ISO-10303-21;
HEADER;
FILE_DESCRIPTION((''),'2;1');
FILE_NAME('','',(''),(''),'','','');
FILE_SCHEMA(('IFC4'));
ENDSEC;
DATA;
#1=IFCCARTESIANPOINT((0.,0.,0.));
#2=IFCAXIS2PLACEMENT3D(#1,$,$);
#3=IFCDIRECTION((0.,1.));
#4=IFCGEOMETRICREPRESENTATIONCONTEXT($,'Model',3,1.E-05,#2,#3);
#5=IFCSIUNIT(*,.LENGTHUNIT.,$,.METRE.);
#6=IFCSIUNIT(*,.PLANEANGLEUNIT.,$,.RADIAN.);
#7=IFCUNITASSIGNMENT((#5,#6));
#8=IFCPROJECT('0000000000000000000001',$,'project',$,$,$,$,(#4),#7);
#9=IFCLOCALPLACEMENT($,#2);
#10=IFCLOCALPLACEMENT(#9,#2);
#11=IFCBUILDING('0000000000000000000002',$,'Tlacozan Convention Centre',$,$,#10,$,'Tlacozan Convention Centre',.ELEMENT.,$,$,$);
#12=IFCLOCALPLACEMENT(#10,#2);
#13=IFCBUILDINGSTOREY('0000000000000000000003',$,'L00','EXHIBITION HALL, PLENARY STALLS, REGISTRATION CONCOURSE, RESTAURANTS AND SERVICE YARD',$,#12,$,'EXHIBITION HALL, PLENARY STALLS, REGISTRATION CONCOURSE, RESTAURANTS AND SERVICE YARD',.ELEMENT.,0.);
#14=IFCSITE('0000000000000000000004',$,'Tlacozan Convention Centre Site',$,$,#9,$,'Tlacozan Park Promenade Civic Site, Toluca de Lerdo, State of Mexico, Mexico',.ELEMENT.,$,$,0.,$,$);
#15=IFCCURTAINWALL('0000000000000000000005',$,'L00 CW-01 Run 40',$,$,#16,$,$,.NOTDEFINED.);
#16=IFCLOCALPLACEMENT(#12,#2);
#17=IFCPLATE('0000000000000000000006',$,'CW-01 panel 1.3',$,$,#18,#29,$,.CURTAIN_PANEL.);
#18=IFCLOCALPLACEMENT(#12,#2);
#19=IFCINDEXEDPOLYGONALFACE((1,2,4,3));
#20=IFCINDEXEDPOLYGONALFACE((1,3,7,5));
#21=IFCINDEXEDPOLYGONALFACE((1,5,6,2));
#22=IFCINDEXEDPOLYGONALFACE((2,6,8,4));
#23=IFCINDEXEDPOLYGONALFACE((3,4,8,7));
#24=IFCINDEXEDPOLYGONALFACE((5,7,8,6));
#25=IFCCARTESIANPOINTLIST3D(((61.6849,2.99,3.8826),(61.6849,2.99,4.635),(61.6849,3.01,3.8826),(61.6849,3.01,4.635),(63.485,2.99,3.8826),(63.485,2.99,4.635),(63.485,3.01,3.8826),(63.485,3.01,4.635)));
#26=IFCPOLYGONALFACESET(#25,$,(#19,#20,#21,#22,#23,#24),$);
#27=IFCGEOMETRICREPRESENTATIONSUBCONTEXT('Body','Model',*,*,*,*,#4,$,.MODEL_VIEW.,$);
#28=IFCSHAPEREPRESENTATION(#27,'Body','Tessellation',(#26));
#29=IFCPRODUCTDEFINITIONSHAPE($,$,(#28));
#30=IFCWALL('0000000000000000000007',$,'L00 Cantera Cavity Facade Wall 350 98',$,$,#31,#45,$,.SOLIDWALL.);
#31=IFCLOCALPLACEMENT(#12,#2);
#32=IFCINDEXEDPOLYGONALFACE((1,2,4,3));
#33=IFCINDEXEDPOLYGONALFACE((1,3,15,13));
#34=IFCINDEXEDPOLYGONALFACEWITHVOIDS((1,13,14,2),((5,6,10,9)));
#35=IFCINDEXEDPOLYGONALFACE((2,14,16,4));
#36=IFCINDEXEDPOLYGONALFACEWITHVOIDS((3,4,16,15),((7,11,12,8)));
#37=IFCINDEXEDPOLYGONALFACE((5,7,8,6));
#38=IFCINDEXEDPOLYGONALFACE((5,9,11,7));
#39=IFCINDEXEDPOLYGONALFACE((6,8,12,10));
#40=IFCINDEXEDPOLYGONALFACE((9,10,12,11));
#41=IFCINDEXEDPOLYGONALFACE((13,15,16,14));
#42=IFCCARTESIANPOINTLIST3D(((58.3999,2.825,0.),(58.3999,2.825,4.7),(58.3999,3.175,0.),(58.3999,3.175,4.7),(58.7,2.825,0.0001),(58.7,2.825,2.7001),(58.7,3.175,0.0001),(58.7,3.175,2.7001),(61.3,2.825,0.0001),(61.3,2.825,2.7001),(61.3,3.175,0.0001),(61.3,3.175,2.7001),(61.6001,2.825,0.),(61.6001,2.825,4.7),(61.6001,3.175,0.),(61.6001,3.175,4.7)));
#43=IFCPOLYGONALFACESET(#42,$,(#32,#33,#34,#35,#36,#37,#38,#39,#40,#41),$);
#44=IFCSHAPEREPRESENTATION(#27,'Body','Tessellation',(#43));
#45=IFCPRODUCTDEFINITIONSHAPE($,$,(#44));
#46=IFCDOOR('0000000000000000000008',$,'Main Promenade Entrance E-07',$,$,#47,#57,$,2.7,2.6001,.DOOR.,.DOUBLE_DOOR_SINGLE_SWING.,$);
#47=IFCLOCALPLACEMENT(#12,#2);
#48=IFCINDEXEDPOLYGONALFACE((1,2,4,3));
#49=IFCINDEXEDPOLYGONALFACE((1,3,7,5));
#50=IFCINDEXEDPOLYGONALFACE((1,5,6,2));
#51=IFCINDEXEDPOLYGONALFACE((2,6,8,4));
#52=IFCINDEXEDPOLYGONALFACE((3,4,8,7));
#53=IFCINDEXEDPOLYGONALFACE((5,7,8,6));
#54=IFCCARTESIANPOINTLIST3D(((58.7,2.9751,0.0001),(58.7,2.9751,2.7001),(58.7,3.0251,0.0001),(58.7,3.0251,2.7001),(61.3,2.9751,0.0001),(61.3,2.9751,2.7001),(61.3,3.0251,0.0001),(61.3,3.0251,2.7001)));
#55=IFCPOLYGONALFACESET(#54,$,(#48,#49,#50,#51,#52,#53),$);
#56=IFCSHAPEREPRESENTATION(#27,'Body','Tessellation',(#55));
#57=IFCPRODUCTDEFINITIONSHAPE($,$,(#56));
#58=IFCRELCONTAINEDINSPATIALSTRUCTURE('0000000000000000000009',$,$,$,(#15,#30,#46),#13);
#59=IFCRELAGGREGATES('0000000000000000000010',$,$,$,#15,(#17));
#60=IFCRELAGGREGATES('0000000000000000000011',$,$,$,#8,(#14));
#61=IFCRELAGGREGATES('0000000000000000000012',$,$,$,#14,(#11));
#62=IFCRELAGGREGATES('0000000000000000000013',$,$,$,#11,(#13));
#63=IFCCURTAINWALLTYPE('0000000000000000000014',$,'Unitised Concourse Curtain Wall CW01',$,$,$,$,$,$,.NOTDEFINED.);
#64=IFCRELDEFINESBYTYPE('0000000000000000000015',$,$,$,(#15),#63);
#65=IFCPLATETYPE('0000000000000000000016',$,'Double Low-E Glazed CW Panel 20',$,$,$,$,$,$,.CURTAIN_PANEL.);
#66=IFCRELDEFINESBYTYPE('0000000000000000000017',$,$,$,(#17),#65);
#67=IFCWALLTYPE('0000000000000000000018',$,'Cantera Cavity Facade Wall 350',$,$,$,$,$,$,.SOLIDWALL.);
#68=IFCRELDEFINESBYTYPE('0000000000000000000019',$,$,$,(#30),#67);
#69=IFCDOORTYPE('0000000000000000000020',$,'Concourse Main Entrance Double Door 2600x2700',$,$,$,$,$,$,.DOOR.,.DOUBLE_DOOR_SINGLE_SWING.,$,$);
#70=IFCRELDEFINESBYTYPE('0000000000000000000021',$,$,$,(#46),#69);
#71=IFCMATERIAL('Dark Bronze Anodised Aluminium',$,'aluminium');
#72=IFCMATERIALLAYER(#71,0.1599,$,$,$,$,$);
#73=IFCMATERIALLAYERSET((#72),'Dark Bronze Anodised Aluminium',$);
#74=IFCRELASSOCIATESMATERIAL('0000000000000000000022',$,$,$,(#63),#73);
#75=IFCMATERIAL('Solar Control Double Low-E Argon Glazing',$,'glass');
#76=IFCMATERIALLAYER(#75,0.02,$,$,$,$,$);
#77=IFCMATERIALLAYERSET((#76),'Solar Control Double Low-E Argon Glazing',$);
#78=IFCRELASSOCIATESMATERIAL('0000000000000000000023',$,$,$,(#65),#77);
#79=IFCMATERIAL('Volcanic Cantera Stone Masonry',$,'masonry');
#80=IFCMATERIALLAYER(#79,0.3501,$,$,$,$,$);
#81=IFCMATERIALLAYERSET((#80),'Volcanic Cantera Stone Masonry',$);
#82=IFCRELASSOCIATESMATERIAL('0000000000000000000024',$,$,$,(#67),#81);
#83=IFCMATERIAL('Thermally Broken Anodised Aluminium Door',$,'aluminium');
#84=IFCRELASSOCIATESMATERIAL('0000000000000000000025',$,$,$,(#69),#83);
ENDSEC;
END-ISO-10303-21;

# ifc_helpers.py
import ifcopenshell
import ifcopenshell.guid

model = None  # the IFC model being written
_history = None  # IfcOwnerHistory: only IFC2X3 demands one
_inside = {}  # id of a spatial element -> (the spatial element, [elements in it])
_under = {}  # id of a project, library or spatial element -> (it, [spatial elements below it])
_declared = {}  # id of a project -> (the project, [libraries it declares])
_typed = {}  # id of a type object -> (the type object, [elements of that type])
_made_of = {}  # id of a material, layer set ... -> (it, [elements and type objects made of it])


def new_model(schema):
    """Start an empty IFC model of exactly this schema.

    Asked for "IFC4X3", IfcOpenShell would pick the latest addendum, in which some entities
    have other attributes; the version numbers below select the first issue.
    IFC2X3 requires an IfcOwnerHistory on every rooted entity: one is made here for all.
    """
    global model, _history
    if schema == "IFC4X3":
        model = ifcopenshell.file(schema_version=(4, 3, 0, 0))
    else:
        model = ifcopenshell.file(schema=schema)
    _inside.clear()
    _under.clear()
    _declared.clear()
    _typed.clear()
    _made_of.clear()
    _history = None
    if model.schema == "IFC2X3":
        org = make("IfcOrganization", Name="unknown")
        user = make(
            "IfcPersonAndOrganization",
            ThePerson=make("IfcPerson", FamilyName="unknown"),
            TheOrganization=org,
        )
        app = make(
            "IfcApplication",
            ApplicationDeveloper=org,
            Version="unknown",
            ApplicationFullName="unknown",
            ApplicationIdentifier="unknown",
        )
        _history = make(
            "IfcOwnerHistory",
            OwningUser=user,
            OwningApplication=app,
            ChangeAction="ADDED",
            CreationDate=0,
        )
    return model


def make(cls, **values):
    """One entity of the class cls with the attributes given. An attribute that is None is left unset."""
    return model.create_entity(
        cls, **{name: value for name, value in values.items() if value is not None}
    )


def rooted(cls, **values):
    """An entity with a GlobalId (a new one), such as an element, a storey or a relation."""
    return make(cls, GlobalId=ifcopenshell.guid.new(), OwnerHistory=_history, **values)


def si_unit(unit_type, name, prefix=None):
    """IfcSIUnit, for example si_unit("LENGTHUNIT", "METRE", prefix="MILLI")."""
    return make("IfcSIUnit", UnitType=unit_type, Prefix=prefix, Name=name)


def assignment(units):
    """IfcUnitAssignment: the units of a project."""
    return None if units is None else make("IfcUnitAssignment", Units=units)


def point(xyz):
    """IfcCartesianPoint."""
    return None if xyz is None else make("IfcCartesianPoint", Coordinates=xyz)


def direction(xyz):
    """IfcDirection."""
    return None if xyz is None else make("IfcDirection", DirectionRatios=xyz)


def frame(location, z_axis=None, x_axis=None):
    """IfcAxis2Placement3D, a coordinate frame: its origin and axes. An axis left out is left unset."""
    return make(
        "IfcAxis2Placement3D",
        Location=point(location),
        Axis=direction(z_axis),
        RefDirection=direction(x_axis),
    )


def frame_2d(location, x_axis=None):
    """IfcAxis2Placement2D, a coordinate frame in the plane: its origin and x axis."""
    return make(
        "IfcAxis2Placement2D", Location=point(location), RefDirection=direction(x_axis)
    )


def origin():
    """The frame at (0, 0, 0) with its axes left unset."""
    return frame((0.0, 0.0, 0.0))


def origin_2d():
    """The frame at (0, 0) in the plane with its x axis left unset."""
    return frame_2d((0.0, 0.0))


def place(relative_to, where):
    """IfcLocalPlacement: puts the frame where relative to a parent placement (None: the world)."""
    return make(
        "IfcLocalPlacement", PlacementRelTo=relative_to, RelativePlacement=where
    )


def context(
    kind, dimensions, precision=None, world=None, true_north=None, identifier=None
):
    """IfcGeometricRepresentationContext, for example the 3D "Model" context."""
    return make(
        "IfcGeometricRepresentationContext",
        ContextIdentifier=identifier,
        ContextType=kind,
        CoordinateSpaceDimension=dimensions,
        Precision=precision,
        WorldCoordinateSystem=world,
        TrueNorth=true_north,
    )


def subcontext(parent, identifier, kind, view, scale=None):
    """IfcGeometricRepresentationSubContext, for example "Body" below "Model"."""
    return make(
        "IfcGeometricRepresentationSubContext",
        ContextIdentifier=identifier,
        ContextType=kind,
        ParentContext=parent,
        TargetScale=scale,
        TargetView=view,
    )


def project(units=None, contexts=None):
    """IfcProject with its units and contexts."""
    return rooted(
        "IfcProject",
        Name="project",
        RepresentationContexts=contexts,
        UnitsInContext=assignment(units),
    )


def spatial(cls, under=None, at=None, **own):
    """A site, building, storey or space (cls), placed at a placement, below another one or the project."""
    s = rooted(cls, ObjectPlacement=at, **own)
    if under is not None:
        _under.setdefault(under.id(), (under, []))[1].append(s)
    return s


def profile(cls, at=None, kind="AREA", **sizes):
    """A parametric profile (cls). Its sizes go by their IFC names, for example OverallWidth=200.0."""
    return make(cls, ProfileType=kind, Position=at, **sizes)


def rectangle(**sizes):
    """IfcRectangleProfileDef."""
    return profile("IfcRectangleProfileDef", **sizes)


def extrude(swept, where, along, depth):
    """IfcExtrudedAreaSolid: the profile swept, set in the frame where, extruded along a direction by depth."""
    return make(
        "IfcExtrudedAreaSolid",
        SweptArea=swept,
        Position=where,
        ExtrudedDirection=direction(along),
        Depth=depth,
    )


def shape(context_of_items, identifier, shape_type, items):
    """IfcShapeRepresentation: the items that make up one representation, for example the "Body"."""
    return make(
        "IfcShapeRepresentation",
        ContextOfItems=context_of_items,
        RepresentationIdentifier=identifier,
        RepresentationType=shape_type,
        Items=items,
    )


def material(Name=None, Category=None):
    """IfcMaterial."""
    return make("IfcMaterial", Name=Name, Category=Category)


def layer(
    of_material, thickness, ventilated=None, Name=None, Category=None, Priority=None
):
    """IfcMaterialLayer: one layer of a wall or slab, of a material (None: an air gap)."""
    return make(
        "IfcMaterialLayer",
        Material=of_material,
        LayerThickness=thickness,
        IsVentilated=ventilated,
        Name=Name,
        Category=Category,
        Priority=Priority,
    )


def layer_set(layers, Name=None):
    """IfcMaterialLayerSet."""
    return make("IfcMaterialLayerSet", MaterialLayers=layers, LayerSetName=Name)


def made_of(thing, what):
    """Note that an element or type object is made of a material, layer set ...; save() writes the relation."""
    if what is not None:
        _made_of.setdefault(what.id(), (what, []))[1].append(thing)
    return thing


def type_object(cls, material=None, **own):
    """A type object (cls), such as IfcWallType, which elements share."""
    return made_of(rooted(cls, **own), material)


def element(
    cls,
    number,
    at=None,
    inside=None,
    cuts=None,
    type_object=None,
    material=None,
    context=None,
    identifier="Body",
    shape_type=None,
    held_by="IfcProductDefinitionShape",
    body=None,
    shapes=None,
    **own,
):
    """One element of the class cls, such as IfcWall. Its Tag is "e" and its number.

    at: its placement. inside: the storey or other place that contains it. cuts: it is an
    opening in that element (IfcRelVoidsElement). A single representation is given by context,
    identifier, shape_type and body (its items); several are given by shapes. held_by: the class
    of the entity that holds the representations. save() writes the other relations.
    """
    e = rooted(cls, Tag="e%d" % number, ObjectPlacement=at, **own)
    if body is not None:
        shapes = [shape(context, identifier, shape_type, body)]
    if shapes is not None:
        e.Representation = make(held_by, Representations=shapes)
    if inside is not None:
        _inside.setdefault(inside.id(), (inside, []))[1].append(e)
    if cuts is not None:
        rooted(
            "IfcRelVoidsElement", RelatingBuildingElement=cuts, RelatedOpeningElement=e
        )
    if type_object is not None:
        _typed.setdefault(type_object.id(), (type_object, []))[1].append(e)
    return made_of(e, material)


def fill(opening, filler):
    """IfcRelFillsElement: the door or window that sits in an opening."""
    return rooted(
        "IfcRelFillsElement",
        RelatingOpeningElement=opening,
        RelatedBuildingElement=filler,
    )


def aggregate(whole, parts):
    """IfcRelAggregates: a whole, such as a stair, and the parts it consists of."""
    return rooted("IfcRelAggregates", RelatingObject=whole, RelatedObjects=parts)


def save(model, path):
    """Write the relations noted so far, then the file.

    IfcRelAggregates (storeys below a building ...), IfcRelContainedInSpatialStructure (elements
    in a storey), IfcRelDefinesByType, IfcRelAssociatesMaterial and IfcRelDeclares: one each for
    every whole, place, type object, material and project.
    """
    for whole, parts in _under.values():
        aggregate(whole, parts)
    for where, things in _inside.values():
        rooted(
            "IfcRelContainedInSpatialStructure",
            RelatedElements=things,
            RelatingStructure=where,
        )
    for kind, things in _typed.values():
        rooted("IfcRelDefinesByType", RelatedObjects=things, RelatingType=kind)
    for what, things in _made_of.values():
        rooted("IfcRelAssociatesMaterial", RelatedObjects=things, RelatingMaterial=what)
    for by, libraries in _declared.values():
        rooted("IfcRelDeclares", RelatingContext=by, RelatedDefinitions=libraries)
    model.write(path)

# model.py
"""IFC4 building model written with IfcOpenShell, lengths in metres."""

from ifc_helpers import new_model, si_unit, direction, frame, frame_2d, origin, origin_2d, place, context, subcontext, project, spatial, rectangle, extrude, material, layer, layer_set, type_object, element, fill, aggregate, save


model = new_model("IFC4")

# Units and contexts
model_context = context("Model", 3, precision=1e-05, world=origin(), true_north=direction((0.0, 1.0)))
body_context = subcontext(model_context, "Body", "Model", "MODEL_VIEW")
ifc_project = project(units=[si_unit("LENGTHUNIT", "METRE"), si_unit("PLANEANGLEUNIT", "RADIAN")], contexts=[model_context])

# Site, building, storey
site_placement = place(None, origin())
site = spatial("IfcSite", under=ifc_project, at=site_placement, Name="Tlacozan Convention Centre Site", LongName="Tlacozan Park Promenade Civic Site, Toluca de Lerdo, State of Mexico, Mexico", CompositionType="ELEMENT", RefElevation=0.0)
building_placement = place(site_placement, origin())
building = spatial("IfcBuilding", under=site, at=building_placement, Name="Tlacozan Convention Centre", LongName="Tlacozan Convention Centre", CompositionType="ELEMENT")
storey_placement = place(building_placement, origin())
storey = spatial("IfcBuildingStorey", under=building, at=storey_placement, Name="L00", Description="EXHIBITION HALL, PLENARY STALLS, REGISTRATION CONCOURSE, RESTAURANTS AND SERVICE YARD", LongName="EXHIBITION HALL, PLENARY STALLS, REGISTRATION CONCOURSE, RESTAURANTS AND SERVICE YARD", CompositionType="ELEMENT", Elevation=0.0)

# Curtain wall
ifc_material_1 = material(Name="Dark Bronze Anodised Aluminium", Category="aluminium")
ifc_layer_1 = layer(ifc_material_1, 0.1599)
ifc_layer_set_1 = layer_set([ifc_layer_1], Name="Dark Bronze Anodised Aluminium")
curtain_wall_type = type_object("IfcCurtainWallType", Name="Unitised Concourse Curtain Wall CW01", PredefinedType="NOTDEFINED", material=ifc_layer_set_1)
curtain_wall_1_placement = place(storey_placement, origin())
curtain_wall_1 = element("IfcCurtainWall", 1, at=curtain_wall_1_placement, inside=storey, type_object=curtain_wall_type, Name="L00 CW-01 Run 40", PredefinedType="NOTDEFINED")

# Plate
ifc_material_2 = material(Name="Solar Control Double Low-E Argon Glazing", Category="glass")
ifc_layer_2 = layer(ifc_material_2, 0.02)
ifc_layer_set_2 = layer_set([ifc_layer_2], Name="Solar Control Double Low-E Argon Glazing")
plate_type = type_object("IfcPlateType", Name="Double Low-E Glazed CW Panel 20", PredefinedType="CURTAIN_PANEL", material=ifc_layer_set_2)
plate_1_placement = place(storey_placement, frame((62.585, 3.0, 3.8826), z_axis=(0.0, 0.0, 1.0), x_axis=(1.0, 0.0, 0.0)))
plate_1 = element("IfcPlate", 2, at=plate_1_placement, type_object=plate_type, Name="CW-01 panel 1.3", PredefinedType="CURTAIN_PANEL", context=body_context, shape_type="SweptSolid", body=[
    extrude(rectangle(XDim=1.8, YDim=0.02, at=origin_2d()), origin(), (0.0, 0.0, 1.0), 0.7524),
])
aggregate(curtain_wall_1, [plate_1])

# Wall, opening, door
ifc_material_3 = material(Name="Volcanic Cantera Stone Masonry", Category="masonry")
ifc_layer_3 = layer(ifc_material_3, 0.3501)
ifc_layer_set_3 = layer_set([ifc_layer_3], Name="Volcanic Cantera Stone Masonry")
wall_type = type_object("IfcWallType", Name="Cantera Cavity Facade Wall 350", PredefinedType="SOLIDWALL", material=ifc_layer_set_3)
wall_placement = place(storey_placement, frame((58.3999, 3.0, 0.0), z_axis=(0.0, 0.0, 1.0), x_axis=(1.0, 0.0, 0.0)))
wall = element("IfcWall", 3, at=wall_placement, inside=storey, type_object=wall_type, Name="L00 Cantera Cavity Facade Wall 350 98", PredefinedType="SOLIDWALL", context=body_context, shape_type="SweptSolid", body=[
    extrude(rectangle(XDim=3.2002, YDim=0.3501, at=frame_2d((1.6001, 0.0))), origin(), (0.0, 0.0, 1.0), 4.7),
])
opening_placement = place(wall_placement, frame((0.3, 0.0, 0.0)))
opening = element("IfcOpeningElement", 4, at=opening_placement, cuts=wall, PredefinedType="OPENING", context=body_context, shape_type="SweptSolid", body=[
    extrude(rectangle(XDim=2.6001, YDim=2.7, at=frame_2d((1.3, 1.3501))), frame((0.0, 0.1851, 0.0), z_axis=(0.0, -1.0, 0.0), x_axis=(1.0, 0.0, 0.0)), (0.0, 0.0, 1.0), 0.3701),
])
ifc_material_4 = material(Name="Thermally Broken Anodised Aluminium Door", Category="aluminium")
door_type = type_object("IfcDoorType", Name="Concourse Main Entrance Double Door 2600x2700", OperationType="DOUBLE_DOOR_SINGLE_SWING", PredefinedType="DOOR", material=ifc_material_4)
door_placement = place(opening_placement, frame((2.6001, 0.0, 0.0), z_axis=(0.0, 0.0, 1.0), x_axis=(-1.0, 0.0, 0.0)))
door = element("IfcDoor", 5, at=door_placement, inside=storey, type_object=door_type, Name="Main Promenade Entrance E-07", OperationType="DOUBLE_DOOR_SINGLE_SWING", OverallHeight=2.7, OverallWidth=2.6001, PredefinedType="DOOR", context=body_context, shape_type="SweptSolid", body=[
    extrude(rectangle(XDim=2.6001, YDim=2.7, at=frame_2d((1.3, 1.3501))), frame((0.0, 0.0249, 0.0), z_axis=(0.0, -1.0, 0.0), x_axis=(1.0, 0.0, 0.0)), (0.0, 0.0, 1.0), 0.05),
])
fill(opening, door)

save(model, "model.ifc")
